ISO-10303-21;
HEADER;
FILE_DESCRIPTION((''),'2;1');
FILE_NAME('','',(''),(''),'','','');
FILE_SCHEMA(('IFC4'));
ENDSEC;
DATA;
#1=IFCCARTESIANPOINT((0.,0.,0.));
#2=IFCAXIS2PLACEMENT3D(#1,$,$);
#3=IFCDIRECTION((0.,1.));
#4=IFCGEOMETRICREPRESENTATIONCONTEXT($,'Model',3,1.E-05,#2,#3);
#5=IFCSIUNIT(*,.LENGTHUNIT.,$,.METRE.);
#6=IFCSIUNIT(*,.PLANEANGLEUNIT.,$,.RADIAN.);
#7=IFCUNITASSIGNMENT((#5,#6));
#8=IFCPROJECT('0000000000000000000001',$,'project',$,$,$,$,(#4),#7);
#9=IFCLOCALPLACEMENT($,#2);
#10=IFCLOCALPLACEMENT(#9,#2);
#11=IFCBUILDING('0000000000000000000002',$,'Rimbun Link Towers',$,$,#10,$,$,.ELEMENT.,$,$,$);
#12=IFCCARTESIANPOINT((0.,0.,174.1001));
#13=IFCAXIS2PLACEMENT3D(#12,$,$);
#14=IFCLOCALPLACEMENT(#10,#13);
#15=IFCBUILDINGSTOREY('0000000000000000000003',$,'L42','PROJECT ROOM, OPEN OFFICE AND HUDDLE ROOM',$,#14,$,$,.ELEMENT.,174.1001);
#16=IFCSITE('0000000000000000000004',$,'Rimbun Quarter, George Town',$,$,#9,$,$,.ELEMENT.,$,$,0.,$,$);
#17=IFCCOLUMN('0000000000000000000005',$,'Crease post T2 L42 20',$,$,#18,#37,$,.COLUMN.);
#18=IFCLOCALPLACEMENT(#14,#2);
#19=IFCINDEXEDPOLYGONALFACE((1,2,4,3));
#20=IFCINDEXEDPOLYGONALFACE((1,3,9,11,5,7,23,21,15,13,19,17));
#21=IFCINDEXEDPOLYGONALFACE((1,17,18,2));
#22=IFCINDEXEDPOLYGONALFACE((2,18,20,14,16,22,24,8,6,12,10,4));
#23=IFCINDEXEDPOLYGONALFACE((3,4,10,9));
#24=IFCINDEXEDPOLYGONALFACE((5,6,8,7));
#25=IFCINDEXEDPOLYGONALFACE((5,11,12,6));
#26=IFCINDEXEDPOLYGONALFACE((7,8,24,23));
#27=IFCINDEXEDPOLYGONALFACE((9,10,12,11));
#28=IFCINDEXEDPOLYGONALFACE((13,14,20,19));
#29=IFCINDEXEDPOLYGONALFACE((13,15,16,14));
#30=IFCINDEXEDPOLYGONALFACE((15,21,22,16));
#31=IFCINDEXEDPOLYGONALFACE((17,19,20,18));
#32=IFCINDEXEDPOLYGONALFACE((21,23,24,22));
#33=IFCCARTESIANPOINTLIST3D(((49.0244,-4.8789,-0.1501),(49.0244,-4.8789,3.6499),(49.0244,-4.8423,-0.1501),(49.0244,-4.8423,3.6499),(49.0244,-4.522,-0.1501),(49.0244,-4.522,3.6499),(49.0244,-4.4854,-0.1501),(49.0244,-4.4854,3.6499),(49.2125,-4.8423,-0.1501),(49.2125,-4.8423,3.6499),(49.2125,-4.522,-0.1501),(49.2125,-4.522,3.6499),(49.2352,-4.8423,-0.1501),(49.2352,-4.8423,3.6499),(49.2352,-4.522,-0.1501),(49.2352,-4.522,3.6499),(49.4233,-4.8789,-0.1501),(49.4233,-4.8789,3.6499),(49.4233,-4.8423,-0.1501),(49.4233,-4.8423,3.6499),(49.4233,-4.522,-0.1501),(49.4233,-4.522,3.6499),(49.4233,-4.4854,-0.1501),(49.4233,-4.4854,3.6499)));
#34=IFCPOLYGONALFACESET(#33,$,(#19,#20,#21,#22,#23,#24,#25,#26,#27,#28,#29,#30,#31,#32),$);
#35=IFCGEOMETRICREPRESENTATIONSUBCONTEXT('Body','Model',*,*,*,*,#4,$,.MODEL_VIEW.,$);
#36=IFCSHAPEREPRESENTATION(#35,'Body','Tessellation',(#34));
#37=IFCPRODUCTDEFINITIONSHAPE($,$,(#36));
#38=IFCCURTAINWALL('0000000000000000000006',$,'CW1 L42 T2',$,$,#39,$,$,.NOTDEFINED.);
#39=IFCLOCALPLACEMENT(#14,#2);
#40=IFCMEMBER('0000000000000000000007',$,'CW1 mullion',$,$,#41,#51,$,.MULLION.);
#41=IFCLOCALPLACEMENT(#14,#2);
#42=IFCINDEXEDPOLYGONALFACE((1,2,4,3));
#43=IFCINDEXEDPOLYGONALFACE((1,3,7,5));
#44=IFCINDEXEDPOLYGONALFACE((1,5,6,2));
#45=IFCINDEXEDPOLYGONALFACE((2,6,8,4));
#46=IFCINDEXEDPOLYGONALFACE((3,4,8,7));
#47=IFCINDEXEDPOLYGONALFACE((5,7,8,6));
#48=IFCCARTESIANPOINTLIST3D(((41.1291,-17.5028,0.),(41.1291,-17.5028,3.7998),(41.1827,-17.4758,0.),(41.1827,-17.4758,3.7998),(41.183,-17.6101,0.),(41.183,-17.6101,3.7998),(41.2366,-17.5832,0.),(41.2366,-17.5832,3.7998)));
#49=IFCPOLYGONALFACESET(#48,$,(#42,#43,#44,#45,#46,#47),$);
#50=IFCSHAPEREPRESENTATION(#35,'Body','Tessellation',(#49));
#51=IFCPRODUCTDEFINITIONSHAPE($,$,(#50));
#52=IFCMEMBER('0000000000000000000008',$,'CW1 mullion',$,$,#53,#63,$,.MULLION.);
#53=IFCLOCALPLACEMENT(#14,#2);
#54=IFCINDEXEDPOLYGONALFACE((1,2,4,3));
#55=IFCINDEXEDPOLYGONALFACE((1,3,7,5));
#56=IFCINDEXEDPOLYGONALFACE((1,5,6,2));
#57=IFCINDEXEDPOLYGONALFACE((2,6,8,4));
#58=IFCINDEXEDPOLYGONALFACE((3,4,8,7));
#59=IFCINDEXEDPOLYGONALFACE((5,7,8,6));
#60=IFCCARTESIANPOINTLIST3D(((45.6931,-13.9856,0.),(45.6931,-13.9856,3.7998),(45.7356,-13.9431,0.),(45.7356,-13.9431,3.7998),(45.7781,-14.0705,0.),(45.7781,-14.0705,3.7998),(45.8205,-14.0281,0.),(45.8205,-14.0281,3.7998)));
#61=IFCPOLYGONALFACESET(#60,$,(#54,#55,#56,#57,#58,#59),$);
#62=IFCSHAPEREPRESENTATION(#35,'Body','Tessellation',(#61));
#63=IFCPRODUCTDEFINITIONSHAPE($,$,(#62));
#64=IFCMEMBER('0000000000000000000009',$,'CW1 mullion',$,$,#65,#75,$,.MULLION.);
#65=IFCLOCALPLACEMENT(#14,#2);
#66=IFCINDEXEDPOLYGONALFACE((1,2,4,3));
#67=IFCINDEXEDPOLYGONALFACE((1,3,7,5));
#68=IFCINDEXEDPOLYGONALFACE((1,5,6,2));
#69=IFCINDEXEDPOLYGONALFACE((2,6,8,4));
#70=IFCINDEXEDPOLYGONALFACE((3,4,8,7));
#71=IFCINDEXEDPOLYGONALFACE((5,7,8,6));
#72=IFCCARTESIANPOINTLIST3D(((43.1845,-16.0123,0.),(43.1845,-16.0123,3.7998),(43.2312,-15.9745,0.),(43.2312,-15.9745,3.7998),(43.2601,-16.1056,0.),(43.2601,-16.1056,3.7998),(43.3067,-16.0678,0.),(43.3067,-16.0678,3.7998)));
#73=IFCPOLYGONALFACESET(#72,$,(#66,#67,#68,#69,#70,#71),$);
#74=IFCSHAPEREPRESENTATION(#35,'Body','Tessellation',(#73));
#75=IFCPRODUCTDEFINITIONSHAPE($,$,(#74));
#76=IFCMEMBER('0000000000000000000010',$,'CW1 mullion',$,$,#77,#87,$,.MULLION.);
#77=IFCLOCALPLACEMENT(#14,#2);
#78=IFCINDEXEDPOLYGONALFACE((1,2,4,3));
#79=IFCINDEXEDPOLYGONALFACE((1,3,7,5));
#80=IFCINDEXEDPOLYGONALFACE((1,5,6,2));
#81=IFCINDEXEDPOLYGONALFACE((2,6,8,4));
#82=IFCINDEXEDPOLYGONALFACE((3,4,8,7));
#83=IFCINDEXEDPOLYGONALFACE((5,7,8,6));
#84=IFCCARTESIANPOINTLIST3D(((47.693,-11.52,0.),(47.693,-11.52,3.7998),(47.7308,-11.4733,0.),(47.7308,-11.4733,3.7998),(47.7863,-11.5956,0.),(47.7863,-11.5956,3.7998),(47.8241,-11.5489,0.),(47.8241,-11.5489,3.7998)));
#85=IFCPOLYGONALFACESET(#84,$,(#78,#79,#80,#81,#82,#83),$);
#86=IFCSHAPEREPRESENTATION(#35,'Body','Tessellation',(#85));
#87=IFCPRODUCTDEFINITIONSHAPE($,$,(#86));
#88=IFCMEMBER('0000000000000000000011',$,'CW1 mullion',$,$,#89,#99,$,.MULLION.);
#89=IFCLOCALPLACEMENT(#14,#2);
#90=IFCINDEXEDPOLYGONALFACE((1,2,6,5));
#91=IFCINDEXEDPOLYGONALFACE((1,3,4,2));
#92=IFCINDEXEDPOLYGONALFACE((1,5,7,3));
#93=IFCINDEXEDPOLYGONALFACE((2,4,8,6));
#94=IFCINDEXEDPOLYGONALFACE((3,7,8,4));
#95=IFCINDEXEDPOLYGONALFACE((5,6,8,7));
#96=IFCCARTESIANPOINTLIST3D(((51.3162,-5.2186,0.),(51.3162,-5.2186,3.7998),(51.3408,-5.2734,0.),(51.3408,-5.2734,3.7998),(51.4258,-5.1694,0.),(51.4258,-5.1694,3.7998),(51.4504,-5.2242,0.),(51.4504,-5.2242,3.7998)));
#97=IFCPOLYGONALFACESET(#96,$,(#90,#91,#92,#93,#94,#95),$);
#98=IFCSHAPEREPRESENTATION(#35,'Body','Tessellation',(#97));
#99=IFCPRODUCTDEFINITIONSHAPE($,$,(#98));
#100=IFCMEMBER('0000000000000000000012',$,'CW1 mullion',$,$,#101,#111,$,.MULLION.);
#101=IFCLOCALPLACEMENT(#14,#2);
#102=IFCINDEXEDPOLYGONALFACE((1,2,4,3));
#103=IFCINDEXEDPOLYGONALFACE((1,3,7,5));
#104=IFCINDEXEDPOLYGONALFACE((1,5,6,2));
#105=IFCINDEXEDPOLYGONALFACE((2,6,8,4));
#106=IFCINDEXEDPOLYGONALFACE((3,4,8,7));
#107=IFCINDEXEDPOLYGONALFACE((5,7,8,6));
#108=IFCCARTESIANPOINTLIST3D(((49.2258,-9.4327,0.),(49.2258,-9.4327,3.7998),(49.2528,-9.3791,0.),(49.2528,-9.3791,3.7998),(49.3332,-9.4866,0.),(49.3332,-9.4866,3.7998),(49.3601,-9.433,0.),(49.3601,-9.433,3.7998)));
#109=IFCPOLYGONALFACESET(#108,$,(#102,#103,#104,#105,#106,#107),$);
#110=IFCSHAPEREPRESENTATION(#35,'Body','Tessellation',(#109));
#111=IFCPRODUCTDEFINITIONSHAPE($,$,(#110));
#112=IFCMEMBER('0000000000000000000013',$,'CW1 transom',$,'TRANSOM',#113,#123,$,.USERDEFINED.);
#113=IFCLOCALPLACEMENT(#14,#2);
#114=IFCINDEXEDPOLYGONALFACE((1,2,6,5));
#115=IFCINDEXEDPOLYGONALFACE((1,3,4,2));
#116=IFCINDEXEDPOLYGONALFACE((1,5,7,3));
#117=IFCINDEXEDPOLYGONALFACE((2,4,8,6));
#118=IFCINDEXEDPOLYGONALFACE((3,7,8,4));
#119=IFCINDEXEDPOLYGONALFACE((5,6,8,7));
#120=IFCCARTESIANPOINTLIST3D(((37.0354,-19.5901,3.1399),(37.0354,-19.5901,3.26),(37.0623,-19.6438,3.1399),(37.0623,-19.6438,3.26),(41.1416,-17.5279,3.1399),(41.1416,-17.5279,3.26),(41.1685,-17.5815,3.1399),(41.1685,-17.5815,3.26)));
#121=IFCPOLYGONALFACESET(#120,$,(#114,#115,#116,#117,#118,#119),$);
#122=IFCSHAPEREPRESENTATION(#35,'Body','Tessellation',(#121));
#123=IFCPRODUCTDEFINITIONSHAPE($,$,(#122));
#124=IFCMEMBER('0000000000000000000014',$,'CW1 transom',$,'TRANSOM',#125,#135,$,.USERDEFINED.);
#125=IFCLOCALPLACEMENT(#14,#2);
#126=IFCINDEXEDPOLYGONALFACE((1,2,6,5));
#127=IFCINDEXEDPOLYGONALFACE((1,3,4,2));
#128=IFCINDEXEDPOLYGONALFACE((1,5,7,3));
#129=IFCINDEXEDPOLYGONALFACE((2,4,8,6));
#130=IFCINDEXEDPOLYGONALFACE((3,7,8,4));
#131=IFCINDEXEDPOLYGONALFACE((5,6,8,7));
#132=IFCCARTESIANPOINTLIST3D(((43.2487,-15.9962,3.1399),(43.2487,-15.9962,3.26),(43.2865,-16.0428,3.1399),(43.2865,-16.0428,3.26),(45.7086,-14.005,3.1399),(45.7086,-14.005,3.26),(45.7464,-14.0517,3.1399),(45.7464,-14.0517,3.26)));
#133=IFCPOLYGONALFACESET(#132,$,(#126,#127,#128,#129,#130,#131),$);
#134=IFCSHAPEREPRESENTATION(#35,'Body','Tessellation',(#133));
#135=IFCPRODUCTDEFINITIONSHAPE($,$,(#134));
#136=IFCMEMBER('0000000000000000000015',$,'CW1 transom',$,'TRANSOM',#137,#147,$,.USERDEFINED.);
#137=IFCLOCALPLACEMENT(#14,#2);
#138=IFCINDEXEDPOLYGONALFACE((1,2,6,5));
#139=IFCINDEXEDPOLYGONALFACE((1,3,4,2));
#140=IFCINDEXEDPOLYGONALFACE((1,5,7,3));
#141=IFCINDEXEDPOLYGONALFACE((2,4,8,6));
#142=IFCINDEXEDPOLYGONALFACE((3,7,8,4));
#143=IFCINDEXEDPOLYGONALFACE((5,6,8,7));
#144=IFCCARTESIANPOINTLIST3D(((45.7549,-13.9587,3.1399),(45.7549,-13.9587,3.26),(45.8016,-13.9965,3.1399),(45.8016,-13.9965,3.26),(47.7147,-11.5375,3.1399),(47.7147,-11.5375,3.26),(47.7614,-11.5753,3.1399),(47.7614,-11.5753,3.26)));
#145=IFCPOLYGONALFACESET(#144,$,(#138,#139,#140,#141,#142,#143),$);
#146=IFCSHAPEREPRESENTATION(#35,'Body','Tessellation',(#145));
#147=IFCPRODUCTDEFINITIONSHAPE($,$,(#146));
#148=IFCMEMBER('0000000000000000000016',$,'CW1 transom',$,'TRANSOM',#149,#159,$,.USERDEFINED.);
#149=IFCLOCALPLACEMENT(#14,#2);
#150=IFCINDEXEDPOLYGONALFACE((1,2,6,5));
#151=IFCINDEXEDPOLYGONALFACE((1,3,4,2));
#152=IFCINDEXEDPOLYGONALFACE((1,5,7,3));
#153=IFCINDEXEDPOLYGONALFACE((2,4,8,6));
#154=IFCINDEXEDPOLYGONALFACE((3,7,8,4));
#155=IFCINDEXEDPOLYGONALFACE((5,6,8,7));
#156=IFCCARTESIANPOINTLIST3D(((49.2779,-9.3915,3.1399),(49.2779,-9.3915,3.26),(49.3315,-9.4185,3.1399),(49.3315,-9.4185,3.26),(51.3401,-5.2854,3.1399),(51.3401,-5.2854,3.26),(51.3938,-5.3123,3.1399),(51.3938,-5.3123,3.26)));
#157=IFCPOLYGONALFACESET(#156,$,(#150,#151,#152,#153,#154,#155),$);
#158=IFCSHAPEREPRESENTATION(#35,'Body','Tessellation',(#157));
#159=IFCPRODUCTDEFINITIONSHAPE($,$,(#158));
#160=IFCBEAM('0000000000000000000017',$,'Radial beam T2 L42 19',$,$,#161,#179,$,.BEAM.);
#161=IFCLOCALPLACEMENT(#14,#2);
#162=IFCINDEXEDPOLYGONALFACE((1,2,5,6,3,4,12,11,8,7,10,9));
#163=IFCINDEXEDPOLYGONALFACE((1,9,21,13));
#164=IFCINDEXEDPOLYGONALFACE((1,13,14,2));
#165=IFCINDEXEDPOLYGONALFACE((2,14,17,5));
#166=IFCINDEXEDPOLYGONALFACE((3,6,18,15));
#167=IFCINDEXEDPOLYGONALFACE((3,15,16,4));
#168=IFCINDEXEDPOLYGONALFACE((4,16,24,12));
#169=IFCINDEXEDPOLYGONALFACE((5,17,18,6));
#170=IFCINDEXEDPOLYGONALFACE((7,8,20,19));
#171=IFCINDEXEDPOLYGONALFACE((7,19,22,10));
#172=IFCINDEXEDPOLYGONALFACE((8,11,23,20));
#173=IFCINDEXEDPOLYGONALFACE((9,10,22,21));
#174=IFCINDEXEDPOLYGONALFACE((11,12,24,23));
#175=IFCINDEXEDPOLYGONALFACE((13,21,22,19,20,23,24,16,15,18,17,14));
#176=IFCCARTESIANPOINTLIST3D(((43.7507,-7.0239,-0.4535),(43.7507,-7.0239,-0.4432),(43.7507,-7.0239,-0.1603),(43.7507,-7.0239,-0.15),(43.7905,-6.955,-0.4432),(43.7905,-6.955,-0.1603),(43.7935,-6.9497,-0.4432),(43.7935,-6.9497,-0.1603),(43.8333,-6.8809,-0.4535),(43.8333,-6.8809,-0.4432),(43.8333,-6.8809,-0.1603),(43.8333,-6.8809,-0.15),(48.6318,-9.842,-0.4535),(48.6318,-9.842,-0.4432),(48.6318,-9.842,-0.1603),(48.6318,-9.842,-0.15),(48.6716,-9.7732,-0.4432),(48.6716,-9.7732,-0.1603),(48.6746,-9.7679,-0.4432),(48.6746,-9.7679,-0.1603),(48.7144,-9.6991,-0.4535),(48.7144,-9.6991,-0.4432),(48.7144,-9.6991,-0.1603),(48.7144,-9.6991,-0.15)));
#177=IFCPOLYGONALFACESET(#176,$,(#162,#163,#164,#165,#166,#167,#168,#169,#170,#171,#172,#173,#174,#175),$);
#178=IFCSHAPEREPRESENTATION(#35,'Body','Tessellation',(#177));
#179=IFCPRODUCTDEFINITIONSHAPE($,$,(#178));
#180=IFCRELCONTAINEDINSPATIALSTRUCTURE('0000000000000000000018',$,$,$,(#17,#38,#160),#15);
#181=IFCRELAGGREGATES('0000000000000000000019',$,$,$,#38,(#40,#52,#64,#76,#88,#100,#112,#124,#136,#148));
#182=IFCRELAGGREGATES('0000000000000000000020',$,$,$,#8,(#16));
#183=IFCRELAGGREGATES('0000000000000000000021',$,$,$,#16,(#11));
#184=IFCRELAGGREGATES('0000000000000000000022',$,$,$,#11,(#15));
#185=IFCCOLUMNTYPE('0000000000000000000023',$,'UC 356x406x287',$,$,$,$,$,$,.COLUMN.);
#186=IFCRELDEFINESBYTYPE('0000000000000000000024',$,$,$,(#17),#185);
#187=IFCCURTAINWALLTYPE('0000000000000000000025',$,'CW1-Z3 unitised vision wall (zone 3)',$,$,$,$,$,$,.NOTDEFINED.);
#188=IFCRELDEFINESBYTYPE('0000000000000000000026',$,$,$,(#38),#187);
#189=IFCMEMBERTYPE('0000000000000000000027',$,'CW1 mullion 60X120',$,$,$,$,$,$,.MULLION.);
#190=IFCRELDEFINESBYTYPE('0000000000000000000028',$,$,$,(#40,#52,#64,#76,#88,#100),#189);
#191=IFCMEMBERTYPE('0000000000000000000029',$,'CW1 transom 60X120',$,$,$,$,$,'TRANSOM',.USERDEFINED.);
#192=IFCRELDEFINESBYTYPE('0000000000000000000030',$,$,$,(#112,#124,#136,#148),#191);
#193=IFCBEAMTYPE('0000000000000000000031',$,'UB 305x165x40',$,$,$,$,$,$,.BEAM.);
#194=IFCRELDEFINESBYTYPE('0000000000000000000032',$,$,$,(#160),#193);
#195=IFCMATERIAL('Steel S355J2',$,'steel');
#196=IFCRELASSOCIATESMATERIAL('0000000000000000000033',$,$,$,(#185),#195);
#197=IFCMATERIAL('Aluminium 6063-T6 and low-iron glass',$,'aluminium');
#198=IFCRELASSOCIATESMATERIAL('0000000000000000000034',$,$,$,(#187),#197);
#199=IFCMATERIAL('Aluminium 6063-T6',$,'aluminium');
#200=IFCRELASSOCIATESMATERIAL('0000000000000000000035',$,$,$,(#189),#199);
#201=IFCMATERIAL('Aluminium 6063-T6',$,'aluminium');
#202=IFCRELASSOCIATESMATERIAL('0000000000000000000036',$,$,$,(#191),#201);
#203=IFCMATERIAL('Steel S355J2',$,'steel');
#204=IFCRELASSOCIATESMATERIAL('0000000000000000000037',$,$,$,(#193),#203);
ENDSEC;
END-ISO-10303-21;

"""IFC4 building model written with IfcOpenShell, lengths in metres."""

from ifc_helpers import new_model, si_unit, direction, frame, origin, origin_2d, place, context, subcontext, project, spatial, rectangle, i_section, extrude, material, material_profile, profile_set, type_object, element, aggregate, save


model = new_model("IFC4")

# Units and contexts
model_context = context("Model", 3, precision=1e-05, world=origin(), true_north=direction((0.0, 1.0)))
body_context = subcontext(model_context, "Body", "Model", "MODEL_VIEW")
ifc_project = project(units=[si_unit("LENGTHUNIT", "METRE"), si_unit("PLANEANGLEUNIT", "RADIAN")], contexts=[model_context])

# Site, building, storey
site_placement = place(None, origin())
site = spatial("IfcSite", under=ifc_project, at=site_placement, Name="Rimbun Quarter, George Town", CompositionType="ELEMENT", RefElevation=0.0)
building_placement = place(site_placement, origin())
building = spatial("IfcBuilding", under=site, at=building_placement, Name="Rimbun Link Towers", CompositionType="ELEMENT")
storey_placement = place(building_placement, frame((0.0, 0.0, 174.1001)))
storey = spatial("IfcBuildingStorey", under=building, at=storey_placement, Name="L42", Description="PROJECT ROOM, OPEN OFFICE AND HUDDLE ROOM", CompositionType="ELEMENT", Elevation=174.1001)

# Column
ifc_material_1 = material(Name="Steel S355J2", Category="steel")
ifc_material_profile_1 = material_profile(ifc_material_1, i_section(OverallWidth=0.3989, OverallDepth=0.3936, WebThickness=0.0227, FlangeThickness=0.0366, at=origin_2d()), Name="UC 356x406x287")
ifc_profile_set_1 = profile_set([ifc_material_profile_1], Name="Steel S355J2")
column_type = type_object("IfcColumnType", Name="UC 356x406x287", PredefinedType="COLUMN", material=ifc_profile_set_1)
column_placement = place(storey_placement, frame((49.2239, -4.6821, -0.1501), z_axis=(0.0, 0.0, 1.0), x_axis=(1.0, 0.0, 0.0)))
element("IfcColumn", 1, at=column_placement, inside=storey, type_object=column_type, Name="Crease post T2 L42 20", PredefinedType="COLUMN", context=body_context, shape_type="SweptSolid", body=[
    extrude(i_section(OverallWidth=0.3989, OverallDepth=0.3936, WebThickness=0.0227, FlangeThickness=0.0366, at=origin_2d()), origin(), (0.0, 0.0, 1.0), 3.8),
])

# Curtain wall, members
ifc_material_2 = material(Name="Aluminium 6063-T6 and low-iron glass", Category="aluminium")
curtain_wall_type = type_object("IfcCurtainWallType", Name="CW1-Z3 unitised vision wall (zone 3)", PredefinedType="NOTDEFINED", material=ifc_material_2)
curtain_wall_placement = place(storey_placement, origin())
curtain_wall = element("IfcCurtainWall", 2, at=curtain_wall_placement, inside=storey, type_object=curtain_wall_type, Name="CW1 L42 T2", PredefinedType="NOTDEFINED")
ifc_material_3 = material(Name="Aluminium 6063-T6", Category="aluminium")
ifc_material_profile_2 = material_profile(ifc_material_3, rectangle(XDim=0.1201, YDim=0.0601, at=origin_2d()), Name="MULLION 60X120")
ifc_profile_set_2 = profile_set([ifc_material_profile_2], Name="Aluminium 6063-T6")
member_type_1 = type_object("IfcMemberType", Name="CW1 mullion 60X120", PredefinedType="MULLION", material=ifc_profile_set_2)
member_1_placement = place(storey_placement, frame((41.1829, -17.543, 0.0), z_axis=(0.0, 0.0, 1.0), x_axis=(0.448773, -0.893646, 0.0)))
member_1 = element("IfcMember", 3, at=member_1_placement, type_object=member_type_1, Name="CW1 mullion", PredefinedType="MULLION", context=body_context, shape_type="SweptSolid", body=[
    extrude(rectangle(XDim=0.1201, YDim=0.0601, at=origin_2d()), origin(), (0.0, 0.0, 1.0), 3.7998),
])
member_2_placement = place(storey_placement, frame((45.7568, -14.0068, 0.0), z_axis=(0.0, 0.0, 1.0), x_axis=(0.707107, -0.707107, 0.0)))
member_2 = element("IfcMember", 4, at=member_2_placement, type_object=member_type_1, Name="CW1 mullion", PredefinedType="MULLION", context=body_context, shape_type="SweptSolid", body=[
    extrude(rectangle(XDim=0.1201, YDim=0.0601, at=origin_2d()), origin(), (0.0, 0.0, 1.0), 3.7998),
])
member_3_placement = place(storey_placement, frame((43.2456, -16.04, 0.0), z_axis=(0.0, 0.0, 1.0), x_axis=(0.629158, -0.777278, 0.0)))
member_3 = element("IfcMember", 5, at=member_3_placement, type_object=member_type_1, Name="CW1 mullion", PredefinedType="MULLION", context=body_context, shape_type="SweptSolid", body=[
    extrude(rectangle(XDim=0.1201, YDim=0.0601, at=origin_2d()), origin(), (0.0, 0.0, 1.0), 3.7998),
])
member_4_placement = place(storey_placement, frame((47.7585, -11.5344, 0.0), z_axis=(0.0, 0.0, 1.0), x_axis=(0.777278, -0.629158, 0.0)))
member_4 = element("IfcMember", 6, at=member_4_placement, type_object=member_type_1, Name="CW1 mullion", PredefinedType="MULLION", context=body_context, shape_type="SweptSolid", body=[
    extrude(rectangle(XDim=0.1201, YDim=0.0601, at=origin_2d()), origin(), (0.0, 0.0, 1.0), 3.7998),
])
member_5_placement = place(storey_placement, frame((51.3833, -5.2214, 0.0), z_axis=(0.0, 0.0, 1.0), x_axis=(0.912351, 0.40941, 0.0)))
member_5 = element("IfcMember", 7, at=member_5_placement, type_object=member_type_1, Name="CW1 mullion", PredefinedType="MULLION", context=body_context, shape_type="SweptSolid", body=[
    extrude(rectangle(XDim=0.1201, YDim=0.0601, at=origin_2d()), origin(), (0.0, 0.0, 1.0), 3.7998),
])
member_6_placement = place(storey_placement, frame((49.293, -9.4329, 0.0), z_axis=(0.0, 0.0, 1.0), x_axis=(0.893646, -0.448773, 0.0)))
member_6 = element("IfcMember", 8, at=member_6_placement, type_object=member_type_1, Name="CW1 mullion", PredefinedType="MULLION", context=body_context, shape_type="SweptSolid", body=[
    extrude(rectangle(XDim=0.1201, YDim=0.0601, at=origin_2d()), origin(), (0.0, 0.0, 1.0), 3.7998),
])
ifc_material_4 = material(Name="Aluminium 6063-T6", Category="aluminium")
ifc_material_profile_3 = material_profile(ifc_material_4, rectangle(XDim=0.0601, YDim=0.1201, at=origin_2d()), Name="TRANSOM 60X120")
ifc_profile_set_3 = profile_set([ifc_material_profile_3], Name="Aluminium 6063-T6")
member_type_2 = type_object("IfcMemberType", Name="CW1 transom 60X120", ElementType="TRANSOM", PredefinedType="USERDEFINED", material=ifc_profile_set_3)
member_7_placement = place(storey_placement, frame((41.155, -17.5547, 3.2), z_axis=(-0.893629, -0.448807, 0.0), x_axis=(0.448807, -0.893629, 0.0)))
member_7 = element("IfcMember", 9, at=member_7_placement, type_object=member_type_2, Name="CW1 transom", ObjectType="TRANSOM", PredefinedType="USERDEFINED", context=body_context, shape_type="SweptSolid", body=[
    extrude(rectangle(XDim=0.0601, YDim=0.1201, at=origin_2d()), origin(), (0.0, 0.0, 1.0), 4.595),
])
member_8_placement = place(storey_placement, frame((45.7275, -14.0283, 3.2), z_axis=(-0.777274, -0.629163, 0.0), x_axis=(0.629163, -0.777274, 0.0)))
member_8 = element("IfcMember", 10, at=member_8_placement, type_object=member_type_2, Name="CW1 transom", ObjectType="TRANSOM", PredefinedType="USERDEFINED", context=body_context, shape_type="SweptSolid", body=[
    extrude(rectangle(XDim=0.0601, YDim=0.1201, at=origin_2d()), origin(), (0.0, 0.0, 1.0), 3.1648),
])
member_9_placement = place(storey_placement, frame((47.738, -11.5564, 3.2), z_axis=(-0.629149, -0.777285, 0.0), x_axis=(0.777285, -0.629149, 0.0)))
member_9 = element("IfcMember", 11, at=member_9_placement, type_object=member_type_2, Name="CW1 transom", ObjectType="TRANSOM", PredefinedType="USERDEFINED", context=body_context, shape_type="SweptSolid", body=[
    extrude(rectangle(XDim=0.0601, YDim=0.1201, at=origin_2d()), origin(), (0.0, 0.0, 1.0), 3.115),
])
member_10_placement = place(storey_placement, frame((51.3669, -5.2988, 3.2), z_axis=(-0.448807, -0.893629, 0.0), x_axis=(0.893629, -0.448807, 0.0)))
member_10 = element("IfcMember", 12, at=member_10_placement, type_object=member_type_2, Name="CW1 transom", ObjectType="TRANSOM", PredefinedType="USERDEFINED", context=body_context, shape_type="SweptSolid", body=[
    extrude(rectangle(XDim=0.0601, YDim=0.1201, at=origin_2d()), origin(), (0.0, 0.0, 1.0), 4.595),
])

# Beam
ifc_material_5 = material(Name="Steel S355J2", Category="steel")
ifc_material_profile_4 = material_profile(ifc_material_5, i_section(OverallWidth=0.165, OverallDepth=0.3035, WebThickness=0.0061, FlangeThickness=0.0103, at=origin_2d()), Name="UB 305x165x40")
ifc_profile_set_4 = profile_set([ifc_material_profile_4], Name="Steel S355J2")
beam_type_1 = type_object("IfcBeamType", Name="UB 305x165x40", PredefinedType="BEAM", material=ifc_profile_set_4)
beam_1_placement = place(storey_placement, frame((43.792, -6.9524, -0.3018), z_axis=(0.866025, -0.500001, 0.0), x_axis=(0.500001, 0.866025, 0.0)))
element("IfcBeam", 13, at=beam_1_placement, inside=storey, type_object=beam_type_1, Name="Radial beam T2 L42 19", PredefinedType="BEAM", context=body_context, shape_type="SweptSolid", body=[
    extrude(i_section(OverallWidth=0.165, OverallDepth=0.3035, WebThickness=0.0061, FlangeThickness=0.0103, at=origin_2d()), origin(), (0.0, 0.0, 1.0), 5.6362),
])

aggregate(curtain_wall, [member_1, member_2, member_3, member_4, member_5, member_6, member_7, member_8, member_9, member_10])

save(model, "model.ifc")
